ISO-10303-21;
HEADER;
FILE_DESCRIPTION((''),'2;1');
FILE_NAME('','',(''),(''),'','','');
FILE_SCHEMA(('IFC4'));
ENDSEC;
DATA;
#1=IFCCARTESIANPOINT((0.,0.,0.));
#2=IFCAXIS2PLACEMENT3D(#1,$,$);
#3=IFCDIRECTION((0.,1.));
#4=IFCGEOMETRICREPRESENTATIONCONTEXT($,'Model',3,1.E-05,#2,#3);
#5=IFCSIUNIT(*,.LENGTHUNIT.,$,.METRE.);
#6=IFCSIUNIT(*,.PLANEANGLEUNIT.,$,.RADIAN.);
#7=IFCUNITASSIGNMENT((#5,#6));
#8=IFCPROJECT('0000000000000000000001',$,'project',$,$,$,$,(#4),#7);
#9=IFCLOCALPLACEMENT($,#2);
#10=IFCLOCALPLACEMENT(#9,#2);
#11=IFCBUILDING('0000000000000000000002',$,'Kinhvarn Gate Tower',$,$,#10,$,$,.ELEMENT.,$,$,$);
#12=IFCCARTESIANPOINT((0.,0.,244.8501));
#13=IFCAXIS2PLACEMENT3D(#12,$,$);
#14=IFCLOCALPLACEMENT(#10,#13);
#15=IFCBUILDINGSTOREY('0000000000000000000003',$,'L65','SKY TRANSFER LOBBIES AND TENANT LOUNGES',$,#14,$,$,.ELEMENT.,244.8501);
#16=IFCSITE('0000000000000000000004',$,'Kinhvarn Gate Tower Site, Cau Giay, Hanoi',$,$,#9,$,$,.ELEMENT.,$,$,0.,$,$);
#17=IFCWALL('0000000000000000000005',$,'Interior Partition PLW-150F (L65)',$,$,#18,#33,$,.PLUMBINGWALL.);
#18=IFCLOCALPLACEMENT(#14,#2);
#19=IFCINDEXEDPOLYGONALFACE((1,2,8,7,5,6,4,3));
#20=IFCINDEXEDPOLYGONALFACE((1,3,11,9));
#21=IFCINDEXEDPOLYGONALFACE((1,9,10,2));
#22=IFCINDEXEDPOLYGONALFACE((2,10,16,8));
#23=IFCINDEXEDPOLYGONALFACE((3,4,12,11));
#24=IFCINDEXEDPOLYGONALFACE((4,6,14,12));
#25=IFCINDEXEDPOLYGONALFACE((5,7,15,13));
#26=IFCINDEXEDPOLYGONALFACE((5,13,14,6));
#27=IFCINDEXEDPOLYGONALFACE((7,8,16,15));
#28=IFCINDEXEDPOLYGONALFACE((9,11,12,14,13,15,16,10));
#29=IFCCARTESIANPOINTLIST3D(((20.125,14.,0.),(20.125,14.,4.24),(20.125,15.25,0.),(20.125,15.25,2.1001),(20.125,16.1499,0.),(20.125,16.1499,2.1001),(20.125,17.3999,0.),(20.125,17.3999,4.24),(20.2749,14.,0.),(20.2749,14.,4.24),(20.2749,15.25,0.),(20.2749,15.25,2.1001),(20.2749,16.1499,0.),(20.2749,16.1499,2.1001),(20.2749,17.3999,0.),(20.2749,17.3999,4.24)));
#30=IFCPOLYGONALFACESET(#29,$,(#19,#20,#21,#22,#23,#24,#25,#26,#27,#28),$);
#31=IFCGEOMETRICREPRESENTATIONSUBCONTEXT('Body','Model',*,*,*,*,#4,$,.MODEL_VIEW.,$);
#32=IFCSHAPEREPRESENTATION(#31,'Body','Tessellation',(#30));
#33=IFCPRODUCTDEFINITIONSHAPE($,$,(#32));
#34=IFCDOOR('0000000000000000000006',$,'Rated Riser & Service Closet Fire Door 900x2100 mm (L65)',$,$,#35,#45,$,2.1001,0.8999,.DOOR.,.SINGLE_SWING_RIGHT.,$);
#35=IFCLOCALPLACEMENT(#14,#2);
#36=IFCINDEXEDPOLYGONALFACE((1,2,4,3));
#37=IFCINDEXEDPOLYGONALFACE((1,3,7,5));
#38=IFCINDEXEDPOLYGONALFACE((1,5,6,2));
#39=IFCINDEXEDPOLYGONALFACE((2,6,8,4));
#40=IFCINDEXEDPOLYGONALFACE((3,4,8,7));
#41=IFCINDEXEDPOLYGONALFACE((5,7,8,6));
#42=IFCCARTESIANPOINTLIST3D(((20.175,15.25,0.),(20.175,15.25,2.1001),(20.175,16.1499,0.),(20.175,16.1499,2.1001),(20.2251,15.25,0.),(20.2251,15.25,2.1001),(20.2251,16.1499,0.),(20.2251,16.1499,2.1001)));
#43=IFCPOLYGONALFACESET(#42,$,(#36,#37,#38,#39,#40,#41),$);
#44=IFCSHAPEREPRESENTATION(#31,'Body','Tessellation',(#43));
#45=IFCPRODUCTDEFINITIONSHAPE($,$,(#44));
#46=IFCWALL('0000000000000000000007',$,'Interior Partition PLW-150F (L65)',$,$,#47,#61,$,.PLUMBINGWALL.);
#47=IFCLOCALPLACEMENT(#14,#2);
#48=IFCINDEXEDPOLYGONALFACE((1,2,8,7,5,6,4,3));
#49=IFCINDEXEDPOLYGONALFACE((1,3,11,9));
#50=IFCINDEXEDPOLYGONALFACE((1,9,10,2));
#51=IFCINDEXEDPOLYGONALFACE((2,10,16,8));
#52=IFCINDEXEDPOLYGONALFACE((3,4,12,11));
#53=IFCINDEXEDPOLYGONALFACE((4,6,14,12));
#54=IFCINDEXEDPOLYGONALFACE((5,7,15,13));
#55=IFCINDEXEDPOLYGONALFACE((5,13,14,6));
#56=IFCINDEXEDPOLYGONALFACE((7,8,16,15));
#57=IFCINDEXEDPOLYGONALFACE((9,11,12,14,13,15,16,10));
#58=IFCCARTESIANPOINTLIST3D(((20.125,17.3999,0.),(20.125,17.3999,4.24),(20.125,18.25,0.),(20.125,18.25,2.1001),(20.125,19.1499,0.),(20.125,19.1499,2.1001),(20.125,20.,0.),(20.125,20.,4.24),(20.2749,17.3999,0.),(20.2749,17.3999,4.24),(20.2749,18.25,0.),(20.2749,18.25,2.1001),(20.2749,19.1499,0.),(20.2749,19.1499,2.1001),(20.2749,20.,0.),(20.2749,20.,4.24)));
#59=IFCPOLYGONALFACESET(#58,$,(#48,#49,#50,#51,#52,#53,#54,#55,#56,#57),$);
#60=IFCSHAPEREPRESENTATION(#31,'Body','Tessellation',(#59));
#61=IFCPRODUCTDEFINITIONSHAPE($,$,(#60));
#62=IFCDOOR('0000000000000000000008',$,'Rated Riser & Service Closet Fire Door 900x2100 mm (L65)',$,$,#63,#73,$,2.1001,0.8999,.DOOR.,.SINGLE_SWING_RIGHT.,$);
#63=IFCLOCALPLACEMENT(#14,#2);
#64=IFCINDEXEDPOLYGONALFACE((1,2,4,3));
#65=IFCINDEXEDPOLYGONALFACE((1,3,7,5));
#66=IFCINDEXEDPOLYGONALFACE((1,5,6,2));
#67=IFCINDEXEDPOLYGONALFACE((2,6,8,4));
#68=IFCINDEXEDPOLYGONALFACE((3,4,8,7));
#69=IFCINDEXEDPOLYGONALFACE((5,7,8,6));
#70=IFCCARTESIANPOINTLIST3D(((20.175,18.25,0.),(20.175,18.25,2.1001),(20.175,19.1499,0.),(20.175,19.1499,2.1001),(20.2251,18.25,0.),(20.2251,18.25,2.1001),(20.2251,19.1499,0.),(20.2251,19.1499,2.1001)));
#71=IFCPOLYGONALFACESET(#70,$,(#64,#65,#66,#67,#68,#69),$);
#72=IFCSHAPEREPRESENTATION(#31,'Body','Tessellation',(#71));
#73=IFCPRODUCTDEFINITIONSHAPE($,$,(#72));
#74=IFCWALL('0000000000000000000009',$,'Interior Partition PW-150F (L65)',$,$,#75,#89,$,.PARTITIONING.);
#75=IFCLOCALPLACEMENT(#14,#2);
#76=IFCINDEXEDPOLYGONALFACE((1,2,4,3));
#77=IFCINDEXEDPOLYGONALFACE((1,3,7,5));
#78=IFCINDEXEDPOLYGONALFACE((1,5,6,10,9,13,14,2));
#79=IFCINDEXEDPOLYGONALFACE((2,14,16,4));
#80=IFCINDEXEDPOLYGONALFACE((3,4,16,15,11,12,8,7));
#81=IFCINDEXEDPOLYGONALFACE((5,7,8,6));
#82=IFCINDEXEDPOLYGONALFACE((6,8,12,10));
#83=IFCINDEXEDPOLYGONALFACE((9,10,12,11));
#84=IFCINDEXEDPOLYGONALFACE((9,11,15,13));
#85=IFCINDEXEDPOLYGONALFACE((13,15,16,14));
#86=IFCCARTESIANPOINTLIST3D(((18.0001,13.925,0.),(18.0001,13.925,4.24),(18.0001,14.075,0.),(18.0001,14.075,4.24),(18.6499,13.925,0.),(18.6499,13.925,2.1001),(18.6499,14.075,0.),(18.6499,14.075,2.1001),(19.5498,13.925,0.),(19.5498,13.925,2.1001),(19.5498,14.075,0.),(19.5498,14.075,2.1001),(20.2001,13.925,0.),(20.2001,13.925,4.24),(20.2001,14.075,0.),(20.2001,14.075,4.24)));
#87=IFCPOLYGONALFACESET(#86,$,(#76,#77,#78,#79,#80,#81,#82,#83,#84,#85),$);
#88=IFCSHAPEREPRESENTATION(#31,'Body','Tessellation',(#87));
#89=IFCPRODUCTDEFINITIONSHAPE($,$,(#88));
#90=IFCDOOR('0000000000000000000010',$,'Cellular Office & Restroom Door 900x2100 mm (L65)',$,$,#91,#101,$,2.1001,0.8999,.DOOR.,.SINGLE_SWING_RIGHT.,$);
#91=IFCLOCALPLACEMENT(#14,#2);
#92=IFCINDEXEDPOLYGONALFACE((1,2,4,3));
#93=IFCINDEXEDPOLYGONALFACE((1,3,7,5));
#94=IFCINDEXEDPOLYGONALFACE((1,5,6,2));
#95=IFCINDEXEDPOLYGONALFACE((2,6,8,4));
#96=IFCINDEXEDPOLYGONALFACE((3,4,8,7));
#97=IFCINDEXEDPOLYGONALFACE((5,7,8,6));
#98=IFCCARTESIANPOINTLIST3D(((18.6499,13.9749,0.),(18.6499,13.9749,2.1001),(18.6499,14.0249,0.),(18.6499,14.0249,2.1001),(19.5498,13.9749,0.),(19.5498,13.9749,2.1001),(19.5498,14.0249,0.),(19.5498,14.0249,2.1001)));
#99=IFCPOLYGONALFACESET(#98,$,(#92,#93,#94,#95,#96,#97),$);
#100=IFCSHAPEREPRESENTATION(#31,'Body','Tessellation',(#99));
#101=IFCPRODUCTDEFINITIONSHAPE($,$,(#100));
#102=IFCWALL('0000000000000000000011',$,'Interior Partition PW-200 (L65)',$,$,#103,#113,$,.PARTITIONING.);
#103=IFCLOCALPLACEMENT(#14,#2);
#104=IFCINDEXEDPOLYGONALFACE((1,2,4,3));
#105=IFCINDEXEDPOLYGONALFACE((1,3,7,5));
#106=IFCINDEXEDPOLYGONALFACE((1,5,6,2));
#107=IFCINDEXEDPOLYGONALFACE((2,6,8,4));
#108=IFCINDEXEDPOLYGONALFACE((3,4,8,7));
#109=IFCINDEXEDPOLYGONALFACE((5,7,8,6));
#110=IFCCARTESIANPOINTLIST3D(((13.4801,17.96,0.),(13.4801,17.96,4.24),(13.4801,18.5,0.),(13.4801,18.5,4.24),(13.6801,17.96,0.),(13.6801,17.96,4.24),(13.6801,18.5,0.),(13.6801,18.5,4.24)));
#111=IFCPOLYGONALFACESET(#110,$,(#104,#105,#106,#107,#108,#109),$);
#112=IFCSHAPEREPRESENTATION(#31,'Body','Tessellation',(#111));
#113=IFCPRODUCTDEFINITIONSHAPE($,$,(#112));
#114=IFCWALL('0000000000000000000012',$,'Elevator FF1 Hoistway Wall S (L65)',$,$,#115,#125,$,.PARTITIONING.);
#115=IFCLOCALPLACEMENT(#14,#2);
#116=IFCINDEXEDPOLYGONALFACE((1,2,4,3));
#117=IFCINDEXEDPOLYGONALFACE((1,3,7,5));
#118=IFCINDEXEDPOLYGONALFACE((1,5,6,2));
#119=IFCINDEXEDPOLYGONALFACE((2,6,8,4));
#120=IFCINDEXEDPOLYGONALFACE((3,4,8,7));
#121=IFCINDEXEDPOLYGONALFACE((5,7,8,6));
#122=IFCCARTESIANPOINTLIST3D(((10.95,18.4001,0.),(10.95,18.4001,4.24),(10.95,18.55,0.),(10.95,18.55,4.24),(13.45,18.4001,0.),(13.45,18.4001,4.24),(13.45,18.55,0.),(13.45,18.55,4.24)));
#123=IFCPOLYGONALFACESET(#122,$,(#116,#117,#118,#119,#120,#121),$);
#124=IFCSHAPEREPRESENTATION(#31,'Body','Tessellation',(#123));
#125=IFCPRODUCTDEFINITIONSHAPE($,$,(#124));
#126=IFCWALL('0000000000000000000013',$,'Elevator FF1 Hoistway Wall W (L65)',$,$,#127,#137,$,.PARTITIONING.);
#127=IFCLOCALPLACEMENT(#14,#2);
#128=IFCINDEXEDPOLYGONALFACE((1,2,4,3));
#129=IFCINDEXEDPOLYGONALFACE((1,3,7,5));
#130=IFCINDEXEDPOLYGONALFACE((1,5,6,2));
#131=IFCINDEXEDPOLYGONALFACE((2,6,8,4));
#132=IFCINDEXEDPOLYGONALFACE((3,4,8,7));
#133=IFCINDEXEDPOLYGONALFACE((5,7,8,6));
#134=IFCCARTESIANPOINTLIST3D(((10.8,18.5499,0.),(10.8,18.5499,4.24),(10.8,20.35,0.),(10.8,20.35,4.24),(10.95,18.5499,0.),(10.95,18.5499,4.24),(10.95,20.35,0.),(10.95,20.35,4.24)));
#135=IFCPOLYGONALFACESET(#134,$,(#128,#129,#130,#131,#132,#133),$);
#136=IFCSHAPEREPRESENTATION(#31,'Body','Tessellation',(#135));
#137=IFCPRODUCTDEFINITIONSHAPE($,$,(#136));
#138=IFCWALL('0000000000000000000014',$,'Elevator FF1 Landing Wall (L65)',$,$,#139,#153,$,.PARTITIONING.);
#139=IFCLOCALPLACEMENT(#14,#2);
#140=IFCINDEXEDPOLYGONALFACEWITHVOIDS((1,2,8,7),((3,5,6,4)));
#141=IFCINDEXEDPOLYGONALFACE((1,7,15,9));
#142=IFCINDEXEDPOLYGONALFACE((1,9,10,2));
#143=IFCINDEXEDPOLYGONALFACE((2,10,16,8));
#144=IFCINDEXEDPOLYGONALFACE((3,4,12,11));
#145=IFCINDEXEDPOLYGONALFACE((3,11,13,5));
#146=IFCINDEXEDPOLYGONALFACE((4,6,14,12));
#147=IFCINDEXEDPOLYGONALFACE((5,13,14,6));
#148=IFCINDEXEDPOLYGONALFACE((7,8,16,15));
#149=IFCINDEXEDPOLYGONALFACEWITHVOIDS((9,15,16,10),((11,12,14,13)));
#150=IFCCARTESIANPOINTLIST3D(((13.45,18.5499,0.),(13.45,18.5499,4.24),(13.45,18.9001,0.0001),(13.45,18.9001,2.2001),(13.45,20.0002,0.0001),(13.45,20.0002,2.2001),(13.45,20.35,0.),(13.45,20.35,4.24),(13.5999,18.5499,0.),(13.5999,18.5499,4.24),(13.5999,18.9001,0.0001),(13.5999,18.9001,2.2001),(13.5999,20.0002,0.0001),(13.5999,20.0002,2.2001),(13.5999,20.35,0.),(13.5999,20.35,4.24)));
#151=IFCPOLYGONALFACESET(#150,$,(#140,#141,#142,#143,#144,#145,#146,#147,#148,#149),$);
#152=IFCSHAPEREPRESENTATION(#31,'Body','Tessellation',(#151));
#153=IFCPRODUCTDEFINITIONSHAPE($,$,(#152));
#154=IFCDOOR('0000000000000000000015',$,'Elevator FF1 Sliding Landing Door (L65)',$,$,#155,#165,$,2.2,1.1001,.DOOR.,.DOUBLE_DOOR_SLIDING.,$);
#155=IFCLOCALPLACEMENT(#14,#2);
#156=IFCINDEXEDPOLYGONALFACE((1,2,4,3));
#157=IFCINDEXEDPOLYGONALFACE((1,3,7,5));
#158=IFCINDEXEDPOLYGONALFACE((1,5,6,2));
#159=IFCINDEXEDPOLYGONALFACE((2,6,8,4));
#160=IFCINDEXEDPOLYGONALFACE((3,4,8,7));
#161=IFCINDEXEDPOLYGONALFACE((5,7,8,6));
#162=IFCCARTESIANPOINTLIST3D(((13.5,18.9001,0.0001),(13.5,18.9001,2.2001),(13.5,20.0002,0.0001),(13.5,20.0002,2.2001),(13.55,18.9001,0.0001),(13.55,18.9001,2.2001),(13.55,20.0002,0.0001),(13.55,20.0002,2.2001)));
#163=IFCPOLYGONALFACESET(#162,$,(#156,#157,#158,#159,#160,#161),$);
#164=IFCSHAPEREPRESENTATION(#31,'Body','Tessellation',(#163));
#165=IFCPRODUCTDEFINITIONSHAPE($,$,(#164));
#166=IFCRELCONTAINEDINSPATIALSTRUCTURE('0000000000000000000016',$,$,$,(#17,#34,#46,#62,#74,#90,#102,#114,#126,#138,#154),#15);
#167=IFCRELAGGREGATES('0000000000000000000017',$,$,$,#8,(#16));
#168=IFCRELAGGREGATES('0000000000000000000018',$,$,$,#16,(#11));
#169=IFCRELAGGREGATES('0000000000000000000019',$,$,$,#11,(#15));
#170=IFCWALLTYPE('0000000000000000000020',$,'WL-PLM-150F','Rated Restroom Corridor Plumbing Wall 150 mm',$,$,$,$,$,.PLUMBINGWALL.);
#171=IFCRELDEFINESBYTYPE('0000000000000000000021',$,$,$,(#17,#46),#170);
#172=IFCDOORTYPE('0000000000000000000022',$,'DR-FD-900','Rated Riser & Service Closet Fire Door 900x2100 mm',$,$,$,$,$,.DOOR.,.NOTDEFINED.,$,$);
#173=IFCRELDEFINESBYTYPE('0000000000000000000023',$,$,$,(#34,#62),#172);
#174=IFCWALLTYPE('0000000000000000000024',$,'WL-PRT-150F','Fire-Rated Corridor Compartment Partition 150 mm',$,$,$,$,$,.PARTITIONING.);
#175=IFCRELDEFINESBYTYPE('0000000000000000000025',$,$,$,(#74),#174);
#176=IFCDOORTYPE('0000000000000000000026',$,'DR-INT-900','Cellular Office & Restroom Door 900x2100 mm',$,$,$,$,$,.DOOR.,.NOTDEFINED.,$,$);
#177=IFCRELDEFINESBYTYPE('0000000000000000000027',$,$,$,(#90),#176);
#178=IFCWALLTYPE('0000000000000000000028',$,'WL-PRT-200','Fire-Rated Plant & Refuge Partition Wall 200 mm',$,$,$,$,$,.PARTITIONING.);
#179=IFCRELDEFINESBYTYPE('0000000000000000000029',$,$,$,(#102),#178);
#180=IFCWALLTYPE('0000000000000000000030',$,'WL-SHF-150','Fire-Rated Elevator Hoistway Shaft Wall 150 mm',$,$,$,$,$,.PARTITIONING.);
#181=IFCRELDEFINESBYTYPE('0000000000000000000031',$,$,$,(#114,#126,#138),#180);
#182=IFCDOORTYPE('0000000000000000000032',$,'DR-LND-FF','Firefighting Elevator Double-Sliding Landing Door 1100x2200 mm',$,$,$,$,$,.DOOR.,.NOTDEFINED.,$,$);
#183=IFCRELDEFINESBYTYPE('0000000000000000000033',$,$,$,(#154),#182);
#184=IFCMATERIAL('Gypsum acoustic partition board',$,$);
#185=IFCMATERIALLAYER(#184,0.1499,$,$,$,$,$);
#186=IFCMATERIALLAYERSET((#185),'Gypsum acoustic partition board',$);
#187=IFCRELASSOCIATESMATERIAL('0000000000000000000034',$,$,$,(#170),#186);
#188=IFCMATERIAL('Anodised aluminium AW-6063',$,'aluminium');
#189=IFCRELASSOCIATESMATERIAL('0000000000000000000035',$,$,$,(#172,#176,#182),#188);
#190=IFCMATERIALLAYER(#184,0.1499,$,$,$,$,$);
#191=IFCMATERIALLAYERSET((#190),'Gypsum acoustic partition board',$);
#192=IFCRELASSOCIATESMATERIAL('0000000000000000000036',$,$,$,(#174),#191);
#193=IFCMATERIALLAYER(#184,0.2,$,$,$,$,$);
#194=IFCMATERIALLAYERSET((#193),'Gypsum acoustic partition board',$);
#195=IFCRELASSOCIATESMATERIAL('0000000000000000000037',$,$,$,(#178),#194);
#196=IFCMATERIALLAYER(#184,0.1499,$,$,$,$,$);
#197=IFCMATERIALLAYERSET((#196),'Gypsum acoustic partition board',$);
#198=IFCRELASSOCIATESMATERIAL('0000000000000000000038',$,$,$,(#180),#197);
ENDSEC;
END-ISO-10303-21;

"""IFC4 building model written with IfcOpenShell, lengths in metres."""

from ifc_helpers import new_model, si_unit, direction, frame, frame_2d, origin, place, context, subcontext, project, spatial, rectangle, extrude, material, layer, layer_set, type_object, element, fill, save


model = new_model("IFC4")

# Units and contexts
model_context = context("Model", 3, precision=1e-05, world=origin(), true_north=direction((0.0, 1.0)))
body_context = subcontext(model_context, "Body", "Model", "MODEL_VIEW")
ifc_project = project(units=[si_unit("LENGTHUNIT", "METRE"), si_unit("PLANEANGLEUNIT", "RADIAN")], contexts=[model_context])

# Site, building, storey
site_placement = place(None, origin())
site = spatial("IfcSite", under=ifc_project, at=site_placement, Name="Kinhvarn Gate Tower Site, Cau Giay, Hanoi", CompositionType="ELEMENT", RefElevation=0.0)
building_placement = place(site_placement, origin())
building = spatial("IfcBuilding", under=site, at=building_placement, Name="Kinhvarn Gate Tower", CompositionType="ELEMENT")
storey_placement = place(building_placement, frame((0.0, 0.0, 244.8501)))
storey = spatial("IfcBuildingStorey", under=building, at=storey_placement, Name="L65", Description="SKY TRANSFER LOBBIES AND TENANT LOUNGES", CompositionType="ELEMENT", Elevation=244.8501)

# Shared definitions
ifc_material_1 = material(Name="Anodised aluminium AW-6063", Category="aluminium")

# Shared definitions
ifc_material_2 = material(Name="Gypsum acoustic partition board")

# Walls, openings, doors
ifc_layer_1 = layer(ifc_material_2, 0.1499)
ifc_layer_set_1 = layer_set([ifc_layer_1], Name="Gypsum acoustic partition board")
wall_type_1 = type_object("IfcWallType", Name="WL-PLM-150F", Description="Rated Restroom Corridor Plumbing Wall 150 mm", PredefinedType="PLUMBINGWALL", material=ifc_layer_set_1)
wall_1_placement = place(storey_placement, frame((20.2, 14.0, 0.0), z_axis=(0.0, 0.0, 1.0), x_axis=(0.0, 1.0, 0.0)))
wall_1 = element("IfcWall", 1, at=wall_1_placement, inside=storey, type_object=wall_type_1, Name="Interior Partition PLW-150F (L65)", PredefinedType="PLUMBINGWALL", context=body_context, shape_type="SweptSolid", body=[
    extrude(rectangle(XDim=3.3999, YDim=0.1499, at=frame_2d((1.7, 0.0))), origin(), (0.0, 0.0, 1.0), 4.24),
])
opening_1_placement = place(wall_1_placement, frame((1.25, 0.0, 0.0)))
opening_1 = element("IfcOpeningElement", 2, at=opening_1_placement, cuts=wall_1, PredefinedType="OPENING", context=body_context, shape_type="SweptSolid", body=[
    extrude(rectangle(XDim=0.8999, YDim=2.1001, at=frame_2d((0.45, 1.05))), frame((0.0, 0.085, 0.0), z_axis=(0.0, -1.0, 0.0), x_axis=(1.0, 0.0, 0.0)), (0.0, 0.0, 1.0), 0.1699),
])
door_type_1 = type_object("IfcDoorType", Name="DR-FD-900", Description="Rated Riser & Service Closet Fire Door 900x2100 mm", OperationType="NOTDEFINED", PredefinedType="DOOR", material=ifc_material_1)
door_1_placement = place(opening_1_placement, origin())
door_1 = element("IfcDoor", 3, at=door_1_placement, inside=storey, type_object=door_type_1, Name="Rated Riser & Service Closet Fire Door 900x2100 mm (L65)", OperationType="SINGLE_SWING_RIGHT", OverallHeight=2.1001, OverallWidth=0.8999, PredefinedType="DOOR", context=body_context, shape_type="SweptSolid", body=[
    extrude(rectangle(XDim=0.8999, YDim=2.1001, at=frame_2d((0.45, 1.05))), frame((0.0, 0.0249, 0.0), z_axis=(0.0, -1.0, 0.0), x_axis=(1.0, 0.0, 0.0)), (0.0, 0.0, 1.0), 0.05),
])
fill(opening_1, door_1)
wall_2_placement = place(storey_placement, frame((20.2, 17.3999, 0.0), z_axis=(0.0, 0.0, 1.0), x_axis=(0.0, 1.0, 0.0)))
wall_2 = element("IfcWall", 4, at=wall_2_placement, inside=storey, type_object=wall_type_1, Name="Interior Partition PLW-150F (L65)", PredefinedType="PLUMBINGWALL", context=body_context, shape_type="SweptSolid", body=[
    extrude(rectangle(XDim=2.6001, YDim=0.1499, at=frame_2d((1.3, 0.0))), origin(), (0.0, 0.0, 1.0), 4.24),
])
opening_2_placement = place(wall_2_placement, frame((0.8501, 0.0, 0.0)))
opening_2 = element("IfcOpeningElement", 5, at=opening_2_placement, cuts=wall_2, PredefinedType="OPENING", context=body_context, shape_type="SweptSolid", body=[
    extrude(rectangle(XDim=0.8999, YDim=2.1001, at=frame_2d((0.45, 1.05))), frame((0.0, 0.085, 0.0), z_axis=(0.0, -1.0, 0.0), x_axis=(1.0, 0.0, 0.0)), (0.0, 0.0, 1.0), 0.1699),
])
door_2_placement = place(opening_2_placement, origin())
door_2 = element("IfcDoor", 6, at=door_2_placement, inside=storey, type_object=door_type_1, Name="Rated Riser & Service Closet Fire Door 900x2100 mm (L65)", OperationType="SINGLE_SWING_RIGHT", OverallHeight=2.1001, OverallWidth=0.8999, PredefinedType="DOOR", context=body_context, shape_type="SweptSolid", body=[
    extrude(rectangle(XDim=0.8999, YDim=2.1001, at=frame_2d((0.45, 1.05))), frame((0.0, 0.0249, 0.0), z_axis=(0.0, -1.0, 0.0), x_axis=(1.0, 0.0, 0.0)), (0.0, 0.0, 1.0), 0.05),
])
fill(opening_2, door_2)
ifc_layer_2 = layer(ifc_material_2, 0.1499)
ifc_layer_set_2 = layer_set([ifc_layer_2], Name="Gypsum acoustic partition board")
wall_type_2 = type_object("IfcWallType", Name="WL-PRT-150F", Description="Fire-Rated Corridor Compartment Partition 150 mm", PredefinedType="PARTITIONING", material=ifc_layer_set_2)
wall_3_placement = place(storey_placement, frame((18.0, 14.0, 0.0), z_axis=(0.0, 0.0, 1.0), x_axis=(1.0, 0.0, 0.0)))
wall_3 = element("IfcWall", 7, at=wall_3_placement, inside=storey, type_object=wall_type_2, Name="Interior Partition PW-150F (L65)", PredefinedType="PARTITIONING", context=body_context, shape_type="SweptSolid", body=[
    extrude(rectangle(XDim=2.2, YDim=0.1499, at=frame_2d((1.1001, 0.0))), origin(), (0.0, 0.0, 1.0), 4.24),
])
opening_3_placement = place(wall_3_placement, frame((0.6499, 0.0, 0.0)))
opening_3 = element("IfcOpeningElement", 8, at=opening_3_placement, cuts=wall_3, PredefinedType="OPENING", context=body_context, shape_type="SweptSolid", body=[
    extrude(rectangle(XDim=0.8999, YDim=2.1001, at=frame_2d((0.45, 1.05))), frame((0.0, 0.085, 0.0), z_axis=(0.0, -1.0, 0.0), x_axis=(1.0, 0.0, 0.0)), (0.0, 0.0, 1.0), 0.1699),
])
door_type_2 = type_object("IfcDoorType", Name="DR-INT-900", Description="Cellular Office & Restroom Door 900x2100 mm", OperationType="NOTDEFINED", PredefinedType="DOOR", material=ifc_material_1)
door_3_placement = place(opening_3_placement, origin())
door_3 = element("IfcDoor", 9, at=door_3_placement, inside=storey, type_object=door_type_2, Name="Cellular Office & Restroom Door 900x2100 mm (L65)", OperationType="SINGLE_SWING_RIGHT", OverallHeight=2.1001, OverallWidth=0.8999, PredefinedType="DOOR", context=body_context, shape_type="SweptSolid", body=[
    extrude(rectangle(XDim=0.8999, YDim=2.1001, at=frame_2d((0.45, 1.05))), frame((0.0, 0.0249, 0.0), z_axis=(0.0, -1.0, 0.0), x_axis=(1.0, 0.0, 0.0)), (0.0, 0.0, 1.0), 0.05),
])
fill(opening_3, door_3)

# Walls
ifc_layer_3 = layer(ifc_material_2, 0.2)
ifc_layer_set_3 = layer_set([ifc_layer_3], Name="Gypsum acoustic partition board")
wall_type_3 = type_object("IfcWallType", Name="WL-PRT-200", Description="Fire-Rated Plant & Refuge Partition Wall 200 mm", PredefinedType="PARTITIONING", material=ifc_layer_set_3)
wall_4_placement = place(storey_placement, frame((13.5801, 17.96, 0.0), z_axis=(0.0, 0.0, 1.0), x_axis=(0.0, 1.0, 0.0)))
element("IfcWall", 10, at=wall_4_placement, inside=storey, type_object=wall_type_3, Name="Interior Partition PW-200 (L65)", PredefinedType="PARTITIONING", context=body_context, shape_type="SweptSolid", body=[
    extrude(rectangle(XDim=0.54, YDim=0.2, at=frame_2d((0.27, 0.0))), origin(), (0.0, 0.0, 1.0), 4.24),
])
ifc_layer_4 = layer(ifc_material_2, 0.1499)
ifc_layer_set_4 = layer_set([ifc_layer_4], Name="Gypsum acoustic partition board")
wall_type_4 = type_object("IfcWallType", Name="WL-SHF-150", Description="Fire-Rated Elevator Hoistway Shaft Wall 150 mm", PredefinedType="PARTITIONING", material=ifc_layer_set_4)
wall_5_placement = place(storey_placement, frame((10.95, 18.4751, 0.0), z_axis=(0.0, 0.0, 1.0), x_axis=(1.0, 0.0, 0.0)))
element("IfcWall", 11, at=wall_5_placement, inside=storey, type_object=wall_type_4, Name="Elevator FF1 Hoistway Wall S (L65)", PredefinedType="PARTITIONING", context=body_context, shape_type="SweptSolid", body=[
    extrude(rectangle(XDim=2.5, YDim=0.1499, at=frame_2d((1.25, 0.0))), origin(), (0.0, 0.0, 1.0), 4.24),
])
wall_6_placement = place(storey_placement, frame((10.875, 18.55, 0.0), z_axis=(0.0, 0.0, 1.0), x_axis=(0.0, 1.0, 0.0)))
element("IfcWall", 12, at=wall_6_placement, inside=storey, type_object=wall_type_4, Name="Elevator FF1 Hoistway Wall W (L65)", PredefinedType="PARTITIONING", context=body_context, shape_type="SweptSolid", body=[
    extrude(rectangle(XDim=1.8, YDim=0.1499, at=frame_2d((0.8999, 0.0))), origin(), (0.0, 0.0, 1.0), 4.24),
])

# Wall, opening, door
wall_7_placement = place(storey_placement, frame((13.5249, 18.55, 0.0), z_axis=(0.0, 0.0, 1.0), x_axis=(0.0, 1.0, 0.0)))
wall_7 = element("IfcWall", 13, at=wall_7_placement, inside=storey, type_object=wall_type_4, Name="Elevator FF1 Landing Wall (L65)", PredefinedType="PARTITIONING", context=body_context, shape_type="SweptSolid", body=[
    extrude(rectangle(XDim=1.8, YDim=0.1499, at=frame_2d((0.8999, 0.0))), origin(), (0.0, 0.0, 1.0), 4.24),
])
opening_4_placement = place(wall_7_placement, frame((0.3501, 0.0, 0.0)))
opening_4 = element("IfcOpeningElement", 14, at=opening_4_placement, cuts=wall_7, PredefinedType="OPENING", context=body_context, shape_type="SweptSolid", body=[
    extrude(rectangle(XDim=1.1001, YDim=2.2, at=frame_2d((0.55, 1.1001))), frame((0.0, 0.085, 0.0), z_axis=(0.0, -1.0, 0.0), x_axis=(1.0, 0.0, 0.0)), (0.0, 0.0, 1.0), 0.1699),
])
door_type_3 = type_object("IfcDoorType", Name="DR-LND-FF", Description="Firefighting Elevator Double-Sliding Landing Door 1100x2200 mm", OperationType="NOTDEFINED", PredefinedType="DOOR", material=ifc_material_1)
door_4_placement = place(opening_4_placement, origin())
door_4 = element("IfcDoor", 15, at=door_4_placement, inside=storey, type_object=door_type_3, Name="Elevator FF1 Sliding Landing Door (L65)", OperationType="DOUBLE_DOOR_SLIDING", OverallHeight=2.2, OverallWidth=1.1001, PredefinedType="DOOR", context=body_context, shape_type="SweptSolid", body=[
    extrude(rectangle(XDim=1.1001, YDim=2.2, at=frame_2d((0.55, 1.1001))), frame((0.0, 0.0249, 0.0), z_axis=(0.0, -1.0, 0.0), x_axis=(1.0, 0.0, 0.0)), (0.0, 0.0, 1.0), 0.05),
])
fill(opening_4, door_4)

save(model, "model.ifc")
